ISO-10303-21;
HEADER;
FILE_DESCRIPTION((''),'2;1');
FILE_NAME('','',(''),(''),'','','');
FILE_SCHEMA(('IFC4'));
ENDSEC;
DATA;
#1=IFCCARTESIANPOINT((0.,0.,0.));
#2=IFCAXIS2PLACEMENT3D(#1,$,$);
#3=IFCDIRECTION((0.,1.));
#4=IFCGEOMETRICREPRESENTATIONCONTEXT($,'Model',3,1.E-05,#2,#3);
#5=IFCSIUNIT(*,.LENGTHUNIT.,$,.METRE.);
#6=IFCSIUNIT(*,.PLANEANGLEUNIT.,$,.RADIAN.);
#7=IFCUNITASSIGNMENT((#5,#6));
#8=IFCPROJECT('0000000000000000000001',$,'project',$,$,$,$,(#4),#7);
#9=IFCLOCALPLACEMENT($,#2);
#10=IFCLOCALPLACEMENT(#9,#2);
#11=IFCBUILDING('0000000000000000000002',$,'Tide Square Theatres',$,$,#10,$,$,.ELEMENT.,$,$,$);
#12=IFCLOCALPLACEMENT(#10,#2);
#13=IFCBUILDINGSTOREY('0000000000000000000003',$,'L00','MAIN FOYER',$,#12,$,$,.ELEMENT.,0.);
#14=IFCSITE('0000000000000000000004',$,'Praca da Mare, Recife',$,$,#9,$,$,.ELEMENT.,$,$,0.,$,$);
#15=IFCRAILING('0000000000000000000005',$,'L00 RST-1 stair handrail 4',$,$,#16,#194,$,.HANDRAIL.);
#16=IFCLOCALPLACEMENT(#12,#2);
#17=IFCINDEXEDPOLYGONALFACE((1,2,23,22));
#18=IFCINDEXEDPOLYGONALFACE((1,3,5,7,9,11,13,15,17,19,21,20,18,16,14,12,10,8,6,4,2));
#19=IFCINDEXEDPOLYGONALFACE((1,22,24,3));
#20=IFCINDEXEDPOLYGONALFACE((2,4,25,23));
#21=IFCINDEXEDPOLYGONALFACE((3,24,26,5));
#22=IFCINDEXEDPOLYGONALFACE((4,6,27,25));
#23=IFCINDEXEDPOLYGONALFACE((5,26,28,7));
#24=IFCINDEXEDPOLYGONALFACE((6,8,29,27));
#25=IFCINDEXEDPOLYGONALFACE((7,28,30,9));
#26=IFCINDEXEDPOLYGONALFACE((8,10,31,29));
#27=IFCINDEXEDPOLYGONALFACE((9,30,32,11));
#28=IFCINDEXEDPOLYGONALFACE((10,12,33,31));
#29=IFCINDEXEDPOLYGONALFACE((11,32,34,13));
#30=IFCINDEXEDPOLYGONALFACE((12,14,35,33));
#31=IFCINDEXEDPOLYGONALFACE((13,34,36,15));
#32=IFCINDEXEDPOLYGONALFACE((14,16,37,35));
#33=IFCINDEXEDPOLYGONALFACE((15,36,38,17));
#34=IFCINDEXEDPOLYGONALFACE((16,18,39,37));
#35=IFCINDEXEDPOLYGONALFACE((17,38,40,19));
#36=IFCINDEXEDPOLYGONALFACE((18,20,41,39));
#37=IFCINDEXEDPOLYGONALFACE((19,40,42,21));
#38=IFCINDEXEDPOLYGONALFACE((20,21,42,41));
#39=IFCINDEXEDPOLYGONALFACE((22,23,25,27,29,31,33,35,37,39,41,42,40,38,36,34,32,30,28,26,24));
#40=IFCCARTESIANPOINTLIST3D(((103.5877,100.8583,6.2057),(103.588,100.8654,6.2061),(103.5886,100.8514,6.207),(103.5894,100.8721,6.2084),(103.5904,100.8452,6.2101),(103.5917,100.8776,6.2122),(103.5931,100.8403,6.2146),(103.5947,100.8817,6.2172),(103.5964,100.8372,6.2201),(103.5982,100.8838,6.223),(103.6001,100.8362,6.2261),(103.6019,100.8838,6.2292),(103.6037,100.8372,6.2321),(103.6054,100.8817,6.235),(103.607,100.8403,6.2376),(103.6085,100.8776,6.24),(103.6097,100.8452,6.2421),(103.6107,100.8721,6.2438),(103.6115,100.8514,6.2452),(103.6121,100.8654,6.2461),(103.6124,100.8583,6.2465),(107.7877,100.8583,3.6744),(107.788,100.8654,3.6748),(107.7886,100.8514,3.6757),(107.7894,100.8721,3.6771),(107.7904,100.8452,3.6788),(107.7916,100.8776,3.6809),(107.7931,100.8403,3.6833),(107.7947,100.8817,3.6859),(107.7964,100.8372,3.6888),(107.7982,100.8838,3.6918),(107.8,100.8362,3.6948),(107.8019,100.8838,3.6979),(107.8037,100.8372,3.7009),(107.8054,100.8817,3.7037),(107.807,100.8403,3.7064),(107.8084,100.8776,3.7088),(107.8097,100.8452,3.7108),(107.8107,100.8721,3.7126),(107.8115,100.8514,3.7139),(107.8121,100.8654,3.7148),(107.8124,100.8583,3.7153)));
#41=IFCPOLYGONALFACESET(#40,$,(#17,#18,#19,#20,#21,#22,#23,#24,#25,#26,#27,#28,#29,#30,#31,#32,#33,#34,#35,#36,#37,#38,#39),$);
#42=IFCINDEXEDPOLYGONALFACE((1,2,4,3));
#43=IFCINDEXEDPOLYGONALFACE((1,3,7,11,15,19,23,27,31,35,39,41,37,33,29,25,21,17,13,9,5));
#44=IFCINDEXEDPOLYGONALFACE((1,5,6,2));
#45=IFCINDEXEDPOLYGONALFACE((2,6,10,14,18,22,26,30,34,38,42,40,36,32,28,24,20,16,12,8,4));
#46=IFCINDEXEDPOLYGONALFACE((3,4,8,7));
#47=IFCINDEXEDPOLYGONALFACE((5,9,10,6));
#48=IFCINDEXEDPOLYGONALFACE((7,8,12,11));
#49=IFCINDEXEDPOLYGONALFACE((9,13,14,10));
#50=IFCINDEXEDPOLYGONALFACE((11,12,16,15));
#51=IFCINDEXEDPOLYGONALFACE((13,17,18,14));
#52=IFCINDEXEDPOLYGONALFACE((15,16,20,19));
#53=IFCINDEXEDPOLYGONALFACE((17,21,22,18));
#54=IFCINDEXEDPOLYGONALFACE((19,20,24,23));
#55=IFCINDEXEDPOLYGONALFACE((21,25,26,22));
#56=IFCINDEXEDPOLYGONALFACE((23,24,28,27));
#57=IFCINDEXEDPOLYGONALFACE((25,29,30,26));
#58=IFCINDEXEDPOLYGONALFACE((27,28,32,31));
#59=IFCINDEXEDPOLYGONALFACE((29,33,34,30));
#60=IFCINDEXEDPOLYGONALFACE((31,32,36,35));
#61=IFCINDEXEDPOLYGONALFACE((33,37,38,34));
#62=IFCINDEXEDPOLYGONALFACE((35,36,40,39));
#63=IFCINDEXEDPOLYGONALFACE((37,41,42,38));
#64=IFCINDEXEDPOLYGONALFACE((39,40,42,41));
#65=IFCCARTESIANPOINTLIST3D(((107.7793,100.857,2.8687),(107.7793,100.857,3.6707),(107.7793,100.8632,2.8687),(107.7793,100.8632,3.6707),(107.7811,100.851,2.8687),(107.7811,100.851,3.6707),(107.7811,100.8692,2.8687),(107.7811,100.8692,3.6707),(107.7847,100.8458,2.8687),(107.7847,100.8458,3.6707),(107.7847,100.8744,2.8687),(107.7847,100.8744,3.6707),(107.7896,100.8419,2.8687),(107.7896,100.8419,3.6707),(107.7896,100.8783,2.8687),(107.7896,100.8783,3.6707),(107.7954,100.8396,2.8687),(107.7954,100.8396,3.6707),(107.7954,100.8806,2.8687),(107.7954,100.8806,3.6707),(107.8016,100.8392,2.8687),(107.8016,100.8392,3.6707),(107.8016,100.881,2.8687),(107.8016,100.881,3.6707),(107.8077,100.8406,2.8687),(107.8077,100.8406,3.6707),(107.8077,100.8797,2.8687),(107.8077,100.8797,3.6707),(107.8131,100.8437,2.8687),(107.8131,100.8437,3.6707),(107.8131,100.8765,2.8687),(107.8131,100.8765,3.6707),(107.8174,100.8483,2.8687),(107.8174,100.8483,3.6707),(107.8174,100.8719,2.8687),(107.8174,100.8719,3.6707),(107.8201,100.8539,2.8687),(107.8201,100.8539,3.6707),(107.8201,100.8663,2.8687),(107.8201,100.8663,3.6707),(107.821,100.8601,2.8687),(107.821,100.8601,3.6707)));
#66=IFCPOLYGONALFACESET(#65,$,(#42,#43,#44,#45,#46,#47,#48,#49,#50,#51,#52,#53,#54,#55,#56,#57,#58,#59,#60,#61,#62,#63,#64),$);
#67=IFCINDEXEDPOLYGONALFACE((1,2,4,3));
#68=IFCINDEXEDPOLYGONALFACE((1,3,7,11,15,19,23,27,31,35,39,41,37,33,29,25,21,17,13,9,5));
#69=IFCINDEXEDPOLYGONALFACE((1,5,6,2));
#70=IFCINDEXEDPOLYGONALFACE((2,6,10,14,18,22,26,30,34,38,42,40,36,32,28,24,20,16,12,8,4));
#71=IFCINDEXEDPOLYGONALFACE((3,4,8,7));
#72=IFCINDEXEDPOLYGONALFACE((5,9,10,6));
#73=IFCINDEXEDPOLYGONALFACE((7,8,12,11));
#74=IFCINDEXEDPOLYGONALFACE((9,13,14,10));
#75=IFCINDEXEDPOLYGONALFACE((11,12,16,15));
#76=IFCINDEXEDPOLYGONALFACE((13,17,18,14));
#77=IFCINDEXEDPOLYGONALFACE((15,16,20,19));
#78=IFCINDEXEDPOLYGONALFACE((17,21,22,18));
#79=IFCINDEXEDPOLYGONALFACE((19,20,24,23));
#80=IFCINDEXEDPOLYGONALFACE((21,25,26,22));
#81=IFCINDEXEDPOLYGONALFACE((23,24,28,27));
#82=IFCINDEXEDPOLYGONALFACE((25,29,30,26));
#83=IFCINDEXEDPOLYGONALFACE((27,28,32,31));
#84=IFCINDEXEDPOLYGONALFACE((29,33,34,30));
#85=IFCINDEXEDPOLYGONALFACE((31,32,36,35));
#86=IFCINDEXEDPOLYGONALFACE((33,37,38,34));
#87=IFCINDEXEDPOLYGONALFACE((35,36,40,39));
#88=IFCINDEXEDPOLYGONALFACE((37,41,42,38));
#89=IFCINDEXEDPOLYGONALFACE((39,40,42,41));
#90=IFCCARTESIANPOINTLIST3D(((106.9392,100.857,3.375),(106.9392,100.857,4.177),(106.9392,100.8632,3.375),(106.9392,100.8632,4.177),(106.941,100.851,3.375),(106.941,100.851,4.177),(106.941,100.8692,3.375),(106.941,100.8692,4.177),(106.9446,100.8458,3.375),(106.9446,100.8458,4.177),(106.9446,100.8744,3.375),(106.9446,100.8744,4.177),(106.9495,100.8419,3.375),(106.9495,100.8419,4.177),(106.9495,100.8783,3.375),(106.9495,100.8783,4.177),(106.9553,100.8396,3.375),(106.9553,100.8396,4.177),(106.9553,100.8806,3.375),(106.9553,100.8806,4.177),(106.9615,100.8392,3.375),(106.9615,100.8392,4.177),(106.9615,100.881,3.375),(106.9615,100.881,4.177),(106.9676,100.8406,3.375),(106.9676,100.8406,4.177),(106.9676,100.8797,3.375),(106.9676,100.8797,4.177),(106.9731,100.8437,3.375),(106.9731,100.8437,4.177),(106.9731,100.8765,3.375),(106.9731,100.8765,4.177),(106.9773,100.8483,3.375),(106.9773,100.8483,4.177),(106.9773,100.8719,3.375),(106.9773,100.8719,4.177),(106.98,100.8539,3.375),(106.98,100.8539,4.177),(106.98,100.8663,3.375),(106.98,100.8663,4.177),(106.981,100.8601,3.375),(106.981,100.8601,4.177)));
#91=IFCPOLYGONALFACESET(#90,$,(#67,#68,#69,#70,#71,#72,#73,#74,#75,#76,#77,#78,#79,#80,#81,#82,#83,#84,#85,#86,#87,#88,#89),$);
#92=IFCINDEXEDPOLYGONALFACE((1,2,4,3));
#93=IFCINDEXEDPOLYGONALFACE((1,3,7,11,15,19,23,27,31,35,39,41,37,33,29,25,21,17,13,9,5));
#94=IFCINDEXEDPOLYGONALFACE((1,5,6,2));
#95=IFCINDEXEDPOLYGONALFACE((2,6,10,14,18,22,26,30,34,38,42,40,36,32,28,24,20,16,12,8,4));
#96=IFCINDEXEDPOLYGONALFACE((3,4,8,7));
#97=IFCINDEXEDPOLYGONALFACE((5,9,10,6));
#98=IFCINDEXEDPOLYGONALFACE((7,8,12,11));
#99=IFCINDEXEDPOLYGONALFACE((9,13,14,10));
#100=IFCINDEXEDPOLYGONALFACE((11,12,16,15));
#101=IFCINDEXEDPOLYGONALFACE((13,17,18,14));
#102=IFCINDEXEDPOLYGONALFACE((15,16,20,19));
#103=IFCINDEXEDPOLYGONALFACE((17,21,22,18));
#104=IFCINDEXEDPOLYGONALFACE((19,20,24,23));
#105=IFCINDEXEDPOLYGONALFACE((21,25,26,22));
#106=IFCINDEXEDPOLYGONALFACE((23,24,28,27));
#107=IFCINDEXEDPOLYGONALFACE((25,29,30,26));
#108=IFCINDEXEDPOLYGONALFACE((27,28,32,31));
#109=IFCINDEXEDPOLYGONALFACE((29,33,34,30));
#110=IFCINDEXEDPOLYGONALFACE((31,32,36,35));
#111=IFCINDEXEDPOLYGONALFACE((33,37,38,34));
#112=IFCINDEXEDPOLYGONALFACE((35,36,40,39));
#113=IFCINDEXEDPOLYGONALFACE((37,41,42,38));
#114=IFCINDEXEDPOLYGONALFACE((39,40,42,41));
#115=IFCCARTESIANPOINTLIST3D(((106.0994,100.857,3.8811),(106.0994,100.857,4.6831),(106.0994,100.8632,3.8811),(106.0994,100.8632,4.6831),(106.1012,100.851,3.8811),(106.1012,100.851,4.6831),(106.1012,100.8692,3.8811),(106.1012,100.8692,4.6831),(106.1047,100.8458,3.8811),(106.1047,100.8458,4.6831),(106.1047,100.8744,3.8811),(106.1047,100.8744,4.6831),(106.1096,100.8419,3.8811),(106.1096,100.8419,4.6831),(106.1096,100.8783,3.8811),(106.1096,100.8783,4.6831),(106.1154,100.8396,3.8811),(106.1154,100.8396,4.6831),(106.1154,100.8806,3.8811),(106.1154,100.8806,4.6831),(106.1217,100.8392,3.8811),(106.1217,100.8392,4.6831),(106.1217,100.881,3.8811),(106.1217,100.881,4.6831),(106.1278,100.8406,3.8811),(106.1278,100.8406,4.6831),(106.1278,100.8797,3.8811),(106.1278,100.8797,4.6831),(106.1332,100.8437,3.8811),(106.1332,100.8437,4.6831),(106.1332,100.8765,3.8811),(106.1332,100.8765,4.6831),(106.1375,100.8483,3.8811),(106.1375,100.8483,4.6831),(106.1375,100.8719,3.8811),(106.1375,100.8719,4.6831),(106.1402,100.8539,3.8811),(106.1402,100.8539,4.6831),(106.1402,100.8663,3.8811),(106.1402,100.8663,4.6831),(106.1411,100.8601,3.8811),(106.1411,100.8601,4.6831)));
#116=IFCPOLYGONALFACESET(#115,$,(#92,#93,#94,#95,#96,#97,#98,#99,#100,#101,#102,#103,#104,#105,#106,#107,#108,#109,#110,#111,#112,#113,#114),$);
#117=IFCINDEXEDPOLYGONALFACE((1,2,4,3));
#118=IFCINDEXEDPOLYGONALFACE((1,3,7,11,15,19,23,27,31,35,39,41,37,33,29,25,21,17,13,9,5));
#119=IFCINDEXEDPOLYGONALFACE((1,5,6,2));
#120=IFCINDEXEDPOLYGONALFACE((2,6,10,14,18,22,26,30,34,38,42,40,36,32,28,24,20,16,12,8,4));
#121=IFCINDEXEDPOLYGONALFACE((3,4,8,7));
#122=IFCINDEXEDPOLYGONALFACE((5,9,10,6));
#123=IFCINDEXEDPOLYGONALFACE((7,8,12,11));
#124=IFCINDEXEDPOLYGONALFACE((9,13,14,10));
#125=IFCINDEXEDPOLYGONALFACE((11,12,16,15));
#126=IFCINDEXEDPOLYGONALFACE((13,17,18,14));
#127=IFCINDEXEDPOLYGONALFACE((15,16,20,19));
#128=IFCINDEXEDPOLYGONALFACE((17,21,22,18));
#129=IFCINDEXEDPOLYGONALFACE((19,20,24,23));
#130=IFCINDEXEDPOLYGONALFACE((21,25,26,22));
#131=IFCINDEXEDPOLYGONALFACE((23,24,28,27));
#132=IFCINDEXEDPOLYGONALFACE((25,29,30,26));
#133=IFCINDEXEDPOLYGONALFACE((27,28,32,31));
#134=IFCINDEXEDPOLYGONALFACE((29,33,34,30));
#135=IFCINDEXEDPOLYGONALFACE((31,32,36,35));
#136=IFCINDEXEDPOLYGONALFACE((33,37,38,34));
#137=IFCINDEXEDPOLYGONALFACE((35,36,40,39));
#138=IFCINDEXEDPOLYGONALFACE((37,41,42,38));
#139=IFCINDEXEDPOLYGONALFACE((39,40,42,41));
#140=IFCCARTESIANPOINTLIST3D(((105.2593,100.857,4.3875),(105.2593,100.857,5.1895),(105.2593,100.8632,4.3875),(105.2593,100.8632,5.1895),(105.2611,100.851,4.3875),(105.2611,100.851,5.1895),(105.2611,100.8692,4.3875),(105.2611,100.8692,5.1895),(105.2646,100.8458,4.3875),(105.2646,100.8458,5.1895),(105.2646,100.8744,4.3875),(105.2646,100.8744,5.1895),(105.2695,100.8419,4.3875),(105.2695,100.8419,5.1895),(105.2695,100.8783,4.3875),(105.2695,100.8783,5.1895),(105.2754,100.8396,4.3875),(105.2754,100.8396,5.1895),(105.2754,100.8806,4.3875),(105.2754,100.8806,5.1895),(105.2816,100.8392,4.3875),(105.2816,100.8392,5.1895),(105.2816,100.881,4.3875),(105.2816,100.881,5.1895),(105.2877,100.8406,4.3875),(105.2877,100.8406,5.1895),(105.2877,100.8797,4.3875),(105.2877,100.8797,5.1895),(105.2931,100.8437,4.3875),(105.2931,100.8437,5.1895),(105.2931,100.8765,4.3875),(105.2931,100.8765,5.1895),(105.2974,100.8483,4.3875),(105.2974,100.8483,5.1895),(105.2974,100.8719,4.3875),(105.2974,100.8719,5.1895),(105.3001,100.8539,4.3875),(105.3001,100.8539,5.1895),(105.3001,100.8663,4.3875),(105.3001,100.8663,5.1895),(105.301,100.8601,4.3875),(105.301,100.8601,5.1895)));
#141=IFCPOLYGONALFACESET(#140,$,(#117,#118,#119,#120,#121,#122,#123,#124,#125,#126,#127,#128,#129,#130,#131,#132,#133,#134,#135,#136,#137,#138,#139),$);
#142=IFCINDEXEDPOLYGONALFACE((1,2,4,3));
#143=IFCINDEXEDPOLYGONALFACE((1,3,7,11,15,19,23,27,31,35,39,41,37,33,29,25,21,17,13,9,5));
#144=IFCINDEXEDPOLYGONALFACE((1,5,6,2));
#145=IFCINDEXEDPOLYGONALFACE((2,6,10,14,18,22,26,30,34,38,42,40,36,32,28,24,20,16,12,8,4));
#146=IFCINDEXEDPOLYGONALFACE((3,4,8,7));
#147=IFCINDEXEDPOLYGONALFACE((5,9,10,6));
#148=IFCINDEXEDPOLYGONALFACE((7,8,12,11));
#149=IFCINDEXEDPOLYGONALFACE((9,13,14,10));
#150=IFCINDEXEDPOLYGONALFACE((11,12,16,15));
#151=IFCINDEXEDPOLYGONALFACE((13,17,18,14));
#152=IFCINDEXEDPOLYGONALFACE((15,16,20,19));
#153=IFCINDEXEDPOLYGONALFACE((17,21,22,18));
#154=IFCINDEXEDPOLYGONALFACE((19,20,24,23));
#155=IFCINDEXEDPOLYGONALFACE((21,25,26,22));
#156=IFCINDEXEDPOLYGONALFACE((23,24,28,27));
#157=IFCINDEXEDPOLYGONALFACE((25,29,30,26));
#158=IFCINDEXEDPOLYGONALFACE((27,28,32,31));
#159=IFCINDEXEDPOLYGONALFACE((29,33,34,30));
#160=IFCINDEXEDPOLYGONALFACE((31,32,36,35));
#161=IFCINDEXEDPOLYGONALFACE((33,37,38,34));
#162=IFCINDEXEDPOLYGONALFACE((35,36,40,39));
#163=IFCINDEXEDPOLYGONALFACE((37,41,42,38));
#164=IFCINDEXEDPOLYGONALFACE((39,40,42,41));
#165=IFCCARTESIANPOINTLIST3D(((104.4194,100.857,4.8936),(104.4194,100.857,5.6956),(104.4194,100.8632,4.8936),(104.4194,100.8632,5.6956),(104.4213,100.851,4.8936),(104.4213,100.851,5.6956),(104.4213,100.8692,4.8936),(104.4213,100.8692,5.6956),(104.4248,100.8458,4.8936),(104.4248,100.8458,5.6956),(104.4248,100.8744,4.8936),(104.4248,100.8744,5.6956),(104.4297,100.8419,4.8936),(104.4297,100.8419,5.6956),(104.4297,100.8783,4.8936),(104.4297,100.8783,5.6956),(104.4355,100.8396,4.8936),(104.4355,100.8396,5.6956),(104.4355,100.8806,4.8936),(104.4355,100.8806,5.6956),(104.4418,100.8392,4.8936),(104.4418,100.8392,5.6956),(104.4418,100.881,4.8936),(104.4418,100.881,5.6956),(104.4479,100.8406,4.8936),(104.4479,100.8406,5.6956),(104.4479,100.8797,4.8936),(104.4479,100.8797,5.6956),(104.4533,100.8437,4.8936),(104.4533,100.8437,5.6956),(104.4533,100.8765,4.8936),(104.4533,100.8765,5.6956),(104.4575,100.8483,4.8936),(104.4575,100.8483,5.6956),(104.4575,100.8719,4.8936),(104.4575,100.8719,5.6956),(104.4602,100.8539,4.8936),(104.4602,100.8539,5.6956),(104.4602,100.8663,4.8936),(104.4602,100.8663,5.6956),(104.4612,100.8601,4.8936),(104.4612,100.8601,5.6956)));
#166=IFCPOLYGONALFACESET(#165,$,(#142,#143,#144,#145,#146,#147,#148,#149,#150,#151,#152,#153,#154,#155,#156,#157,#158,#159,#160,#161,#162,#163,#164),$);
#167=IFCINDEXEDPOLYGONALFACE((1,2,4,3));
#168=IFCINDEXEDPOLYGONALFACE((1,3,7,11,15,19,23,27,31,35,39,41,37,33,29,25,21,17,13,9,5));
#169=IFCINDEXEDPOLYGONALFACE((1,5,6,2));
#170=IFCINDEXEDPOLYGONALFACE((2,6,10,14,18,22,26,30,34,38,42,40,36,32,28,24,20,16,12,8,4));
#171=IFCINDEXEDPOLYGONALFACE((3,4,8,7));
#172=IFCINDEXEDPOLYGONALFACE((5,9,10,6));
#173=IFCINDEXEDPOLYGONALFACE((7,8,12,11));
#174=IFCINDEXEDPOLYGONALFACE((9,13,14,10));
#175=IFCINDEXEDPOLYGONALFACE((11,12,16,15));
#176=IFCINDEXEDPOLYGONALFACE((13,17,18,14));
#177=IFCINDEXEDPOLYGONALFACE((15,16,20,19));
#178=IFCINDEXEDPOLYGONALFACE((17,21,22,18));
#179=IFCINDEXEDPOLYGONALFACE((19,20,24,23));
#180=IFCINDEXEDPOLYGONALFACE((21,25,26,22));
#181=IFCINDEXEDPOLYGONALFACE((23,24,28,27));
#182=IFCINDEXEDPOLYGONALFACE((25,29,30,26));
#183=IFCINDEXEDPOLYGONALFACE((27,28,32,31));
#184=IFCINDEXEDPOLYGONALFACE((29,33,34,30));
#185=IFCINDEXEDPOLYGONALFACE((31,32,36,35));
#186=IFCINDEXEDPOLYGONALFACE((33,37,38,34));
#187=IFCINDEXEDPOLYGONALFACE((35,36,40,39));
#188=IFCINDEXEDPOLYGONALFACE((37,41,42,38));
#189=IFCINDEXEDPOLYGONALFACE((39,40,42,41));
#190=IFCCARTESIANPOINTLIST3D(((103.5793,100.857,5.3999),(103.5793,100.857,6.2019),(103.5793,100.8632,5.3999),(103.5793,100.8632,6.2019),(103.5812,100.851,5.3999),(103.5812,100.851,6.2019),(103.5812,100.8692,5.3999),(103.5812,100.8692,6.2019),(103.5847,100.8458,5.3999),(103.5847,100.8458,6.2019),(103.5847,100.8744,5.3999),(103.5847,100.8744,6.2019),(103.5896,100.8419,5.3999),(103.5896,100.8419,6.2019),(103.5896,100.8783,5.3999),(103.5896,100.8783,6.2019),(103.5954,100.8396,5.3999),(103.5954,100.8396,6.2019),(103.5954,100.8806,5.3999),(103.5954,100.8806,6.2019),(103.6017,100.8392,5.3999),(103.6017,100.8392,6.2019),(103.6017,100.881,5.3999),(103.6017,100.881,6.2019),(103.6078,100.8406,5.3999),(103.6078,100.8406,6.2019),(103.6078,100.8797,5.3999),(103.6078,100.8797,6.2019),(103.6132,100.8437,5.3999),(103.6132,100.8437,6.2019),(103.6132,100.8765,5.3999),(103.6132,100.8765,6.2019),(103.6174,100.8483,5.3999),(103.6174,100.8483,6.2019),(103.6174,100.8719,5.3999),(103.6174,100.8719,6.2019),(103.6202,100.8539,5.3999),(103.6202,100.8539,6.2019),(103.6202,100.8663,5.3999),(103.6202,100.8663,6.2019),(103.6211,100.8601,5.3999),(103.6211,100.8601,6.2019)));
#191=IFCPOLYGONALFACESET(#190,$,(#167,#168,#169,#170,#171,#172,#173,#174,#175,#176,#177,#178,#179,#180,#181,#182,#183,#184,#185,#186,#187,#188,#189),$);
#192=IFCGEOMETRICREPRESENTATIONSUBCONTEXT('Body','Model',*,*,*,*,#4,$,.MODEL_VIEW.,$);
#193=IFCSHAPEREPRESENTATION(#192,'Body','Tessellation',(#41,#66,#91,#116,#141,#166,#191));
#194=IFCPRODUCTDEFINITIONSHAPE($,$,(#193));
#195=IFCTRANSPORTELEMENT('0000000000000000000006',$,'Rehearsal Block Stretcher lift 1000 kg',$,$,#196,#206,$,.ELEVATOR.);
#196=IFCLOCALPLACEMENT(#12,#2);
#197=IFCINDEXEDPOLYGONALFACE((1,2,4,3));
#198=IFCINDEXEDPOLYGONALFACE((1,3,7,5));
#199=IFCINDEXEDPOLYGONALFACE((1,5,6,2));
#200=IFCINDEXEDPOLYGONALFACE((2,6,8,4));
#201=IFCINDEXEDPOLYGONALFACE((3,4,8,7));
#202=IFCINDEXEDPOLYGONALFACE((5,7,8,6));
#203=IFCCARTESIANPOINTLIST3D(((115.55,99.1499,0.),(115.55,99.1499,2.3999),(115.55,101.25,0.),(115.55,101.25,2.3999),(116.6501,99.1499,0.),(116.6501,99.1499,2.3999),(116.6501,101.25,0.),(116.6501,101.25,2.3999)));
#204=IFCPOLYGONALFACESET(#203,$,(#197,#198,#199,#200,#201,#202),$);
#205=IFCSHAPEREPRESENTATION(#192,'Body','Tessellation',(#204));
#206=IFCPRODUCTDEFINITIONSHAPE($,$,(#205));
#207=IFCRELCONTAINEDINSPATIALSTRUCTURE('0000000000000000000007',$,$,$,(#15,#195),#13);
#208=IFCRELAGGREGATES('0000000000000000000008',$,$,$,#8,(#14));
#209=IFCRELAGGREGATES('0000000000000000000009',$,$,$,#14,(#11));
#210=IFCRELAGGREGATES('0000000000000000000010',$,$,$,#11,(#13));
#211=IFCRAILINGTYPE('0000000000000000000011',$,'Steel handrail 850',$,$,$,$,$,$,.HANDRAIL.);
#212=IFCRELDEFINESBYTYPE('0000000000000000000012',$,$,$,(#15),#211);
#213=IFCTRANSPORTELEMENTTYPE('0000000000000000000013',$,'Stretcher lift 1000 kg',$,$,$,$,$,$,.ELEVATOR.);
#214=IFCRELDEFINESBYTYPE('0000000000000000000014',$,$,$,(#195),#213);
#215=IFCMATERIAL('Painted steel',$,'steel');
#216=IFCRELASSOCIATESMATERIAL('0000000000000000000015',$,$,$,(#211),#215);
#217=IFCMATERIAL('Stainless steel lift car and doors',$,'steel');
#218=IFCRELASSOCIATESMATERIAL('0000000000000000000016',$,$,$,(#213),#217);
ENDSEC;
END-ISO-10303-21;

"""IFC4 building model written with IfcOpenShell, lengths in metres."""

from ifc_helpers import new_model, si_unit, direction, frame, origin, origin_2d, place, context, subcontext, project, spatial, rectangle, circle, extrude, material, type_object, element, save


model = new_model("IFC4")

# Units and contexts
model_context = context("Model", 3, precision=1e-05, world=origin(), true_north=direction((0.0, 1.0)))
body_context = subcontext(model_context, "Body", "Model", "MODEL_VIEW")
ifc_project = project(units=[si_unit("LENGTHUNIT", "METRE"), si_unit("PLANEANGLEUNIT", "RADIAN")], contexts=[model_context])

# Site, building, storey
site_placement = place(None, origin())
site = spatial("IfcSite", under=ifc_project, at=site_placement, Name="Praca da Mare, Recife", CompositionType="ELEMENT", RefElevation=0.0)
building_placement = place(site_placement, origin())
building = spatial("IfcBuilding", under=site, at=building_placement, Name="Tide Square Theatres", CompositionType="ELEMENT")
storey_placement = place(building_placement, origin())
storey = spatial("IfcBuildingStorey", under=building, at=storey_placement, Name="L00", Description="MAIN FOYER", CompositionType="ELEMENT", Elevation=0.0)

# Railing
ifc_material_1 = material(Name="Painted steel", Category="steel")
railing_type_1 = type_object("IfcRailingType", Name="Steel handrail 850", PredefinedType="HANDRAIL", material=ifc_material_1)
for number, where, name in (
    (1, (107.8, 100.8601, 2.8687), "L00 RST-1 stair handrail 4"),
):
    element("IfcRailing", number, at=place(storey_placement, frame(where)), inside=storey, type_object=railing_type_1, Name=name, PredefinedType="HANDRAIL", context=body_context, shape_type="SweptSolid", body=[
        extrude(circle(Radius=0.0239, at=origin_2d()), frame((0.0, 0.0, 0.8262), z_axis=(-0.856476, 0.0, 0.516186), x_axis=(0.0, -1.0, 0.0)), (0.0, 0.0, 1.0), 4.9038),
        extrude(circle(Radius=0.021, at=origin_2d()), origin(), (0.0, 0.0, 1.0), 0.802),
        extrude(circle(Radius=0.021, at=origin_2d()), frame((-0.8401, 0.0, 0.5063)), (0.0, 0.0, 1.0), 0.802),
        extrude(circle(Radius=0.021, at=origin_2d()), frame((-1.6799, 0.0, 1.0125)), (0.0, 0.0, 1.0), 0.802),
        extrude(circle(Radius=0.021, at=origin_2d()), frame((-2.52, 0.0, 1.5188)), (0.0, 0.0, 1.0), 0.802),
        extrude(circle(Radius=0.021, at=origin_2d()), frame((-3.3599, 0.0, 2.0249)), (0.0, 0.0, 1.0), 0.802),
        extrude(circle(Radius=0.021, at=origin_2d()), frame((-4.2, 0.0, 2.5312)), (0.0, 0.0, 1.0), 0.802),
    ])

# Transport element
ifc_material_2 = material(Name="Stainless steel lift car and doors", Category="steel")
transport_element_type = type_object("IfcTransportElementType", Name="Stretcher lift 1000 kg", PredefinedType="ELEVATOR", material=ifc_material_2)
transport_element_placement = place(storey_placement, frame((116.1001, 100.2, 0.0), z_axis=(0.0, 0.0, 1.0), x_axis=(1.0, 0.0, 0.0)))
element("IfcTransportElement", 2, at=transport_element_placement, inside=storey, type_object=transport_element_type, Name="Rehearsal Block Stretcher lift 1000 kg", PredefinedType="ELEVATOR", context=body_context, shape_type="SweptSolid", body=[
    extrude(rectangle(XDim=1.1001, YDim=2.1001, at=origin_2d()), origin(), (0.0, 0.0, 1.0), 2.3999),
])

save(model, "model.ifc")
